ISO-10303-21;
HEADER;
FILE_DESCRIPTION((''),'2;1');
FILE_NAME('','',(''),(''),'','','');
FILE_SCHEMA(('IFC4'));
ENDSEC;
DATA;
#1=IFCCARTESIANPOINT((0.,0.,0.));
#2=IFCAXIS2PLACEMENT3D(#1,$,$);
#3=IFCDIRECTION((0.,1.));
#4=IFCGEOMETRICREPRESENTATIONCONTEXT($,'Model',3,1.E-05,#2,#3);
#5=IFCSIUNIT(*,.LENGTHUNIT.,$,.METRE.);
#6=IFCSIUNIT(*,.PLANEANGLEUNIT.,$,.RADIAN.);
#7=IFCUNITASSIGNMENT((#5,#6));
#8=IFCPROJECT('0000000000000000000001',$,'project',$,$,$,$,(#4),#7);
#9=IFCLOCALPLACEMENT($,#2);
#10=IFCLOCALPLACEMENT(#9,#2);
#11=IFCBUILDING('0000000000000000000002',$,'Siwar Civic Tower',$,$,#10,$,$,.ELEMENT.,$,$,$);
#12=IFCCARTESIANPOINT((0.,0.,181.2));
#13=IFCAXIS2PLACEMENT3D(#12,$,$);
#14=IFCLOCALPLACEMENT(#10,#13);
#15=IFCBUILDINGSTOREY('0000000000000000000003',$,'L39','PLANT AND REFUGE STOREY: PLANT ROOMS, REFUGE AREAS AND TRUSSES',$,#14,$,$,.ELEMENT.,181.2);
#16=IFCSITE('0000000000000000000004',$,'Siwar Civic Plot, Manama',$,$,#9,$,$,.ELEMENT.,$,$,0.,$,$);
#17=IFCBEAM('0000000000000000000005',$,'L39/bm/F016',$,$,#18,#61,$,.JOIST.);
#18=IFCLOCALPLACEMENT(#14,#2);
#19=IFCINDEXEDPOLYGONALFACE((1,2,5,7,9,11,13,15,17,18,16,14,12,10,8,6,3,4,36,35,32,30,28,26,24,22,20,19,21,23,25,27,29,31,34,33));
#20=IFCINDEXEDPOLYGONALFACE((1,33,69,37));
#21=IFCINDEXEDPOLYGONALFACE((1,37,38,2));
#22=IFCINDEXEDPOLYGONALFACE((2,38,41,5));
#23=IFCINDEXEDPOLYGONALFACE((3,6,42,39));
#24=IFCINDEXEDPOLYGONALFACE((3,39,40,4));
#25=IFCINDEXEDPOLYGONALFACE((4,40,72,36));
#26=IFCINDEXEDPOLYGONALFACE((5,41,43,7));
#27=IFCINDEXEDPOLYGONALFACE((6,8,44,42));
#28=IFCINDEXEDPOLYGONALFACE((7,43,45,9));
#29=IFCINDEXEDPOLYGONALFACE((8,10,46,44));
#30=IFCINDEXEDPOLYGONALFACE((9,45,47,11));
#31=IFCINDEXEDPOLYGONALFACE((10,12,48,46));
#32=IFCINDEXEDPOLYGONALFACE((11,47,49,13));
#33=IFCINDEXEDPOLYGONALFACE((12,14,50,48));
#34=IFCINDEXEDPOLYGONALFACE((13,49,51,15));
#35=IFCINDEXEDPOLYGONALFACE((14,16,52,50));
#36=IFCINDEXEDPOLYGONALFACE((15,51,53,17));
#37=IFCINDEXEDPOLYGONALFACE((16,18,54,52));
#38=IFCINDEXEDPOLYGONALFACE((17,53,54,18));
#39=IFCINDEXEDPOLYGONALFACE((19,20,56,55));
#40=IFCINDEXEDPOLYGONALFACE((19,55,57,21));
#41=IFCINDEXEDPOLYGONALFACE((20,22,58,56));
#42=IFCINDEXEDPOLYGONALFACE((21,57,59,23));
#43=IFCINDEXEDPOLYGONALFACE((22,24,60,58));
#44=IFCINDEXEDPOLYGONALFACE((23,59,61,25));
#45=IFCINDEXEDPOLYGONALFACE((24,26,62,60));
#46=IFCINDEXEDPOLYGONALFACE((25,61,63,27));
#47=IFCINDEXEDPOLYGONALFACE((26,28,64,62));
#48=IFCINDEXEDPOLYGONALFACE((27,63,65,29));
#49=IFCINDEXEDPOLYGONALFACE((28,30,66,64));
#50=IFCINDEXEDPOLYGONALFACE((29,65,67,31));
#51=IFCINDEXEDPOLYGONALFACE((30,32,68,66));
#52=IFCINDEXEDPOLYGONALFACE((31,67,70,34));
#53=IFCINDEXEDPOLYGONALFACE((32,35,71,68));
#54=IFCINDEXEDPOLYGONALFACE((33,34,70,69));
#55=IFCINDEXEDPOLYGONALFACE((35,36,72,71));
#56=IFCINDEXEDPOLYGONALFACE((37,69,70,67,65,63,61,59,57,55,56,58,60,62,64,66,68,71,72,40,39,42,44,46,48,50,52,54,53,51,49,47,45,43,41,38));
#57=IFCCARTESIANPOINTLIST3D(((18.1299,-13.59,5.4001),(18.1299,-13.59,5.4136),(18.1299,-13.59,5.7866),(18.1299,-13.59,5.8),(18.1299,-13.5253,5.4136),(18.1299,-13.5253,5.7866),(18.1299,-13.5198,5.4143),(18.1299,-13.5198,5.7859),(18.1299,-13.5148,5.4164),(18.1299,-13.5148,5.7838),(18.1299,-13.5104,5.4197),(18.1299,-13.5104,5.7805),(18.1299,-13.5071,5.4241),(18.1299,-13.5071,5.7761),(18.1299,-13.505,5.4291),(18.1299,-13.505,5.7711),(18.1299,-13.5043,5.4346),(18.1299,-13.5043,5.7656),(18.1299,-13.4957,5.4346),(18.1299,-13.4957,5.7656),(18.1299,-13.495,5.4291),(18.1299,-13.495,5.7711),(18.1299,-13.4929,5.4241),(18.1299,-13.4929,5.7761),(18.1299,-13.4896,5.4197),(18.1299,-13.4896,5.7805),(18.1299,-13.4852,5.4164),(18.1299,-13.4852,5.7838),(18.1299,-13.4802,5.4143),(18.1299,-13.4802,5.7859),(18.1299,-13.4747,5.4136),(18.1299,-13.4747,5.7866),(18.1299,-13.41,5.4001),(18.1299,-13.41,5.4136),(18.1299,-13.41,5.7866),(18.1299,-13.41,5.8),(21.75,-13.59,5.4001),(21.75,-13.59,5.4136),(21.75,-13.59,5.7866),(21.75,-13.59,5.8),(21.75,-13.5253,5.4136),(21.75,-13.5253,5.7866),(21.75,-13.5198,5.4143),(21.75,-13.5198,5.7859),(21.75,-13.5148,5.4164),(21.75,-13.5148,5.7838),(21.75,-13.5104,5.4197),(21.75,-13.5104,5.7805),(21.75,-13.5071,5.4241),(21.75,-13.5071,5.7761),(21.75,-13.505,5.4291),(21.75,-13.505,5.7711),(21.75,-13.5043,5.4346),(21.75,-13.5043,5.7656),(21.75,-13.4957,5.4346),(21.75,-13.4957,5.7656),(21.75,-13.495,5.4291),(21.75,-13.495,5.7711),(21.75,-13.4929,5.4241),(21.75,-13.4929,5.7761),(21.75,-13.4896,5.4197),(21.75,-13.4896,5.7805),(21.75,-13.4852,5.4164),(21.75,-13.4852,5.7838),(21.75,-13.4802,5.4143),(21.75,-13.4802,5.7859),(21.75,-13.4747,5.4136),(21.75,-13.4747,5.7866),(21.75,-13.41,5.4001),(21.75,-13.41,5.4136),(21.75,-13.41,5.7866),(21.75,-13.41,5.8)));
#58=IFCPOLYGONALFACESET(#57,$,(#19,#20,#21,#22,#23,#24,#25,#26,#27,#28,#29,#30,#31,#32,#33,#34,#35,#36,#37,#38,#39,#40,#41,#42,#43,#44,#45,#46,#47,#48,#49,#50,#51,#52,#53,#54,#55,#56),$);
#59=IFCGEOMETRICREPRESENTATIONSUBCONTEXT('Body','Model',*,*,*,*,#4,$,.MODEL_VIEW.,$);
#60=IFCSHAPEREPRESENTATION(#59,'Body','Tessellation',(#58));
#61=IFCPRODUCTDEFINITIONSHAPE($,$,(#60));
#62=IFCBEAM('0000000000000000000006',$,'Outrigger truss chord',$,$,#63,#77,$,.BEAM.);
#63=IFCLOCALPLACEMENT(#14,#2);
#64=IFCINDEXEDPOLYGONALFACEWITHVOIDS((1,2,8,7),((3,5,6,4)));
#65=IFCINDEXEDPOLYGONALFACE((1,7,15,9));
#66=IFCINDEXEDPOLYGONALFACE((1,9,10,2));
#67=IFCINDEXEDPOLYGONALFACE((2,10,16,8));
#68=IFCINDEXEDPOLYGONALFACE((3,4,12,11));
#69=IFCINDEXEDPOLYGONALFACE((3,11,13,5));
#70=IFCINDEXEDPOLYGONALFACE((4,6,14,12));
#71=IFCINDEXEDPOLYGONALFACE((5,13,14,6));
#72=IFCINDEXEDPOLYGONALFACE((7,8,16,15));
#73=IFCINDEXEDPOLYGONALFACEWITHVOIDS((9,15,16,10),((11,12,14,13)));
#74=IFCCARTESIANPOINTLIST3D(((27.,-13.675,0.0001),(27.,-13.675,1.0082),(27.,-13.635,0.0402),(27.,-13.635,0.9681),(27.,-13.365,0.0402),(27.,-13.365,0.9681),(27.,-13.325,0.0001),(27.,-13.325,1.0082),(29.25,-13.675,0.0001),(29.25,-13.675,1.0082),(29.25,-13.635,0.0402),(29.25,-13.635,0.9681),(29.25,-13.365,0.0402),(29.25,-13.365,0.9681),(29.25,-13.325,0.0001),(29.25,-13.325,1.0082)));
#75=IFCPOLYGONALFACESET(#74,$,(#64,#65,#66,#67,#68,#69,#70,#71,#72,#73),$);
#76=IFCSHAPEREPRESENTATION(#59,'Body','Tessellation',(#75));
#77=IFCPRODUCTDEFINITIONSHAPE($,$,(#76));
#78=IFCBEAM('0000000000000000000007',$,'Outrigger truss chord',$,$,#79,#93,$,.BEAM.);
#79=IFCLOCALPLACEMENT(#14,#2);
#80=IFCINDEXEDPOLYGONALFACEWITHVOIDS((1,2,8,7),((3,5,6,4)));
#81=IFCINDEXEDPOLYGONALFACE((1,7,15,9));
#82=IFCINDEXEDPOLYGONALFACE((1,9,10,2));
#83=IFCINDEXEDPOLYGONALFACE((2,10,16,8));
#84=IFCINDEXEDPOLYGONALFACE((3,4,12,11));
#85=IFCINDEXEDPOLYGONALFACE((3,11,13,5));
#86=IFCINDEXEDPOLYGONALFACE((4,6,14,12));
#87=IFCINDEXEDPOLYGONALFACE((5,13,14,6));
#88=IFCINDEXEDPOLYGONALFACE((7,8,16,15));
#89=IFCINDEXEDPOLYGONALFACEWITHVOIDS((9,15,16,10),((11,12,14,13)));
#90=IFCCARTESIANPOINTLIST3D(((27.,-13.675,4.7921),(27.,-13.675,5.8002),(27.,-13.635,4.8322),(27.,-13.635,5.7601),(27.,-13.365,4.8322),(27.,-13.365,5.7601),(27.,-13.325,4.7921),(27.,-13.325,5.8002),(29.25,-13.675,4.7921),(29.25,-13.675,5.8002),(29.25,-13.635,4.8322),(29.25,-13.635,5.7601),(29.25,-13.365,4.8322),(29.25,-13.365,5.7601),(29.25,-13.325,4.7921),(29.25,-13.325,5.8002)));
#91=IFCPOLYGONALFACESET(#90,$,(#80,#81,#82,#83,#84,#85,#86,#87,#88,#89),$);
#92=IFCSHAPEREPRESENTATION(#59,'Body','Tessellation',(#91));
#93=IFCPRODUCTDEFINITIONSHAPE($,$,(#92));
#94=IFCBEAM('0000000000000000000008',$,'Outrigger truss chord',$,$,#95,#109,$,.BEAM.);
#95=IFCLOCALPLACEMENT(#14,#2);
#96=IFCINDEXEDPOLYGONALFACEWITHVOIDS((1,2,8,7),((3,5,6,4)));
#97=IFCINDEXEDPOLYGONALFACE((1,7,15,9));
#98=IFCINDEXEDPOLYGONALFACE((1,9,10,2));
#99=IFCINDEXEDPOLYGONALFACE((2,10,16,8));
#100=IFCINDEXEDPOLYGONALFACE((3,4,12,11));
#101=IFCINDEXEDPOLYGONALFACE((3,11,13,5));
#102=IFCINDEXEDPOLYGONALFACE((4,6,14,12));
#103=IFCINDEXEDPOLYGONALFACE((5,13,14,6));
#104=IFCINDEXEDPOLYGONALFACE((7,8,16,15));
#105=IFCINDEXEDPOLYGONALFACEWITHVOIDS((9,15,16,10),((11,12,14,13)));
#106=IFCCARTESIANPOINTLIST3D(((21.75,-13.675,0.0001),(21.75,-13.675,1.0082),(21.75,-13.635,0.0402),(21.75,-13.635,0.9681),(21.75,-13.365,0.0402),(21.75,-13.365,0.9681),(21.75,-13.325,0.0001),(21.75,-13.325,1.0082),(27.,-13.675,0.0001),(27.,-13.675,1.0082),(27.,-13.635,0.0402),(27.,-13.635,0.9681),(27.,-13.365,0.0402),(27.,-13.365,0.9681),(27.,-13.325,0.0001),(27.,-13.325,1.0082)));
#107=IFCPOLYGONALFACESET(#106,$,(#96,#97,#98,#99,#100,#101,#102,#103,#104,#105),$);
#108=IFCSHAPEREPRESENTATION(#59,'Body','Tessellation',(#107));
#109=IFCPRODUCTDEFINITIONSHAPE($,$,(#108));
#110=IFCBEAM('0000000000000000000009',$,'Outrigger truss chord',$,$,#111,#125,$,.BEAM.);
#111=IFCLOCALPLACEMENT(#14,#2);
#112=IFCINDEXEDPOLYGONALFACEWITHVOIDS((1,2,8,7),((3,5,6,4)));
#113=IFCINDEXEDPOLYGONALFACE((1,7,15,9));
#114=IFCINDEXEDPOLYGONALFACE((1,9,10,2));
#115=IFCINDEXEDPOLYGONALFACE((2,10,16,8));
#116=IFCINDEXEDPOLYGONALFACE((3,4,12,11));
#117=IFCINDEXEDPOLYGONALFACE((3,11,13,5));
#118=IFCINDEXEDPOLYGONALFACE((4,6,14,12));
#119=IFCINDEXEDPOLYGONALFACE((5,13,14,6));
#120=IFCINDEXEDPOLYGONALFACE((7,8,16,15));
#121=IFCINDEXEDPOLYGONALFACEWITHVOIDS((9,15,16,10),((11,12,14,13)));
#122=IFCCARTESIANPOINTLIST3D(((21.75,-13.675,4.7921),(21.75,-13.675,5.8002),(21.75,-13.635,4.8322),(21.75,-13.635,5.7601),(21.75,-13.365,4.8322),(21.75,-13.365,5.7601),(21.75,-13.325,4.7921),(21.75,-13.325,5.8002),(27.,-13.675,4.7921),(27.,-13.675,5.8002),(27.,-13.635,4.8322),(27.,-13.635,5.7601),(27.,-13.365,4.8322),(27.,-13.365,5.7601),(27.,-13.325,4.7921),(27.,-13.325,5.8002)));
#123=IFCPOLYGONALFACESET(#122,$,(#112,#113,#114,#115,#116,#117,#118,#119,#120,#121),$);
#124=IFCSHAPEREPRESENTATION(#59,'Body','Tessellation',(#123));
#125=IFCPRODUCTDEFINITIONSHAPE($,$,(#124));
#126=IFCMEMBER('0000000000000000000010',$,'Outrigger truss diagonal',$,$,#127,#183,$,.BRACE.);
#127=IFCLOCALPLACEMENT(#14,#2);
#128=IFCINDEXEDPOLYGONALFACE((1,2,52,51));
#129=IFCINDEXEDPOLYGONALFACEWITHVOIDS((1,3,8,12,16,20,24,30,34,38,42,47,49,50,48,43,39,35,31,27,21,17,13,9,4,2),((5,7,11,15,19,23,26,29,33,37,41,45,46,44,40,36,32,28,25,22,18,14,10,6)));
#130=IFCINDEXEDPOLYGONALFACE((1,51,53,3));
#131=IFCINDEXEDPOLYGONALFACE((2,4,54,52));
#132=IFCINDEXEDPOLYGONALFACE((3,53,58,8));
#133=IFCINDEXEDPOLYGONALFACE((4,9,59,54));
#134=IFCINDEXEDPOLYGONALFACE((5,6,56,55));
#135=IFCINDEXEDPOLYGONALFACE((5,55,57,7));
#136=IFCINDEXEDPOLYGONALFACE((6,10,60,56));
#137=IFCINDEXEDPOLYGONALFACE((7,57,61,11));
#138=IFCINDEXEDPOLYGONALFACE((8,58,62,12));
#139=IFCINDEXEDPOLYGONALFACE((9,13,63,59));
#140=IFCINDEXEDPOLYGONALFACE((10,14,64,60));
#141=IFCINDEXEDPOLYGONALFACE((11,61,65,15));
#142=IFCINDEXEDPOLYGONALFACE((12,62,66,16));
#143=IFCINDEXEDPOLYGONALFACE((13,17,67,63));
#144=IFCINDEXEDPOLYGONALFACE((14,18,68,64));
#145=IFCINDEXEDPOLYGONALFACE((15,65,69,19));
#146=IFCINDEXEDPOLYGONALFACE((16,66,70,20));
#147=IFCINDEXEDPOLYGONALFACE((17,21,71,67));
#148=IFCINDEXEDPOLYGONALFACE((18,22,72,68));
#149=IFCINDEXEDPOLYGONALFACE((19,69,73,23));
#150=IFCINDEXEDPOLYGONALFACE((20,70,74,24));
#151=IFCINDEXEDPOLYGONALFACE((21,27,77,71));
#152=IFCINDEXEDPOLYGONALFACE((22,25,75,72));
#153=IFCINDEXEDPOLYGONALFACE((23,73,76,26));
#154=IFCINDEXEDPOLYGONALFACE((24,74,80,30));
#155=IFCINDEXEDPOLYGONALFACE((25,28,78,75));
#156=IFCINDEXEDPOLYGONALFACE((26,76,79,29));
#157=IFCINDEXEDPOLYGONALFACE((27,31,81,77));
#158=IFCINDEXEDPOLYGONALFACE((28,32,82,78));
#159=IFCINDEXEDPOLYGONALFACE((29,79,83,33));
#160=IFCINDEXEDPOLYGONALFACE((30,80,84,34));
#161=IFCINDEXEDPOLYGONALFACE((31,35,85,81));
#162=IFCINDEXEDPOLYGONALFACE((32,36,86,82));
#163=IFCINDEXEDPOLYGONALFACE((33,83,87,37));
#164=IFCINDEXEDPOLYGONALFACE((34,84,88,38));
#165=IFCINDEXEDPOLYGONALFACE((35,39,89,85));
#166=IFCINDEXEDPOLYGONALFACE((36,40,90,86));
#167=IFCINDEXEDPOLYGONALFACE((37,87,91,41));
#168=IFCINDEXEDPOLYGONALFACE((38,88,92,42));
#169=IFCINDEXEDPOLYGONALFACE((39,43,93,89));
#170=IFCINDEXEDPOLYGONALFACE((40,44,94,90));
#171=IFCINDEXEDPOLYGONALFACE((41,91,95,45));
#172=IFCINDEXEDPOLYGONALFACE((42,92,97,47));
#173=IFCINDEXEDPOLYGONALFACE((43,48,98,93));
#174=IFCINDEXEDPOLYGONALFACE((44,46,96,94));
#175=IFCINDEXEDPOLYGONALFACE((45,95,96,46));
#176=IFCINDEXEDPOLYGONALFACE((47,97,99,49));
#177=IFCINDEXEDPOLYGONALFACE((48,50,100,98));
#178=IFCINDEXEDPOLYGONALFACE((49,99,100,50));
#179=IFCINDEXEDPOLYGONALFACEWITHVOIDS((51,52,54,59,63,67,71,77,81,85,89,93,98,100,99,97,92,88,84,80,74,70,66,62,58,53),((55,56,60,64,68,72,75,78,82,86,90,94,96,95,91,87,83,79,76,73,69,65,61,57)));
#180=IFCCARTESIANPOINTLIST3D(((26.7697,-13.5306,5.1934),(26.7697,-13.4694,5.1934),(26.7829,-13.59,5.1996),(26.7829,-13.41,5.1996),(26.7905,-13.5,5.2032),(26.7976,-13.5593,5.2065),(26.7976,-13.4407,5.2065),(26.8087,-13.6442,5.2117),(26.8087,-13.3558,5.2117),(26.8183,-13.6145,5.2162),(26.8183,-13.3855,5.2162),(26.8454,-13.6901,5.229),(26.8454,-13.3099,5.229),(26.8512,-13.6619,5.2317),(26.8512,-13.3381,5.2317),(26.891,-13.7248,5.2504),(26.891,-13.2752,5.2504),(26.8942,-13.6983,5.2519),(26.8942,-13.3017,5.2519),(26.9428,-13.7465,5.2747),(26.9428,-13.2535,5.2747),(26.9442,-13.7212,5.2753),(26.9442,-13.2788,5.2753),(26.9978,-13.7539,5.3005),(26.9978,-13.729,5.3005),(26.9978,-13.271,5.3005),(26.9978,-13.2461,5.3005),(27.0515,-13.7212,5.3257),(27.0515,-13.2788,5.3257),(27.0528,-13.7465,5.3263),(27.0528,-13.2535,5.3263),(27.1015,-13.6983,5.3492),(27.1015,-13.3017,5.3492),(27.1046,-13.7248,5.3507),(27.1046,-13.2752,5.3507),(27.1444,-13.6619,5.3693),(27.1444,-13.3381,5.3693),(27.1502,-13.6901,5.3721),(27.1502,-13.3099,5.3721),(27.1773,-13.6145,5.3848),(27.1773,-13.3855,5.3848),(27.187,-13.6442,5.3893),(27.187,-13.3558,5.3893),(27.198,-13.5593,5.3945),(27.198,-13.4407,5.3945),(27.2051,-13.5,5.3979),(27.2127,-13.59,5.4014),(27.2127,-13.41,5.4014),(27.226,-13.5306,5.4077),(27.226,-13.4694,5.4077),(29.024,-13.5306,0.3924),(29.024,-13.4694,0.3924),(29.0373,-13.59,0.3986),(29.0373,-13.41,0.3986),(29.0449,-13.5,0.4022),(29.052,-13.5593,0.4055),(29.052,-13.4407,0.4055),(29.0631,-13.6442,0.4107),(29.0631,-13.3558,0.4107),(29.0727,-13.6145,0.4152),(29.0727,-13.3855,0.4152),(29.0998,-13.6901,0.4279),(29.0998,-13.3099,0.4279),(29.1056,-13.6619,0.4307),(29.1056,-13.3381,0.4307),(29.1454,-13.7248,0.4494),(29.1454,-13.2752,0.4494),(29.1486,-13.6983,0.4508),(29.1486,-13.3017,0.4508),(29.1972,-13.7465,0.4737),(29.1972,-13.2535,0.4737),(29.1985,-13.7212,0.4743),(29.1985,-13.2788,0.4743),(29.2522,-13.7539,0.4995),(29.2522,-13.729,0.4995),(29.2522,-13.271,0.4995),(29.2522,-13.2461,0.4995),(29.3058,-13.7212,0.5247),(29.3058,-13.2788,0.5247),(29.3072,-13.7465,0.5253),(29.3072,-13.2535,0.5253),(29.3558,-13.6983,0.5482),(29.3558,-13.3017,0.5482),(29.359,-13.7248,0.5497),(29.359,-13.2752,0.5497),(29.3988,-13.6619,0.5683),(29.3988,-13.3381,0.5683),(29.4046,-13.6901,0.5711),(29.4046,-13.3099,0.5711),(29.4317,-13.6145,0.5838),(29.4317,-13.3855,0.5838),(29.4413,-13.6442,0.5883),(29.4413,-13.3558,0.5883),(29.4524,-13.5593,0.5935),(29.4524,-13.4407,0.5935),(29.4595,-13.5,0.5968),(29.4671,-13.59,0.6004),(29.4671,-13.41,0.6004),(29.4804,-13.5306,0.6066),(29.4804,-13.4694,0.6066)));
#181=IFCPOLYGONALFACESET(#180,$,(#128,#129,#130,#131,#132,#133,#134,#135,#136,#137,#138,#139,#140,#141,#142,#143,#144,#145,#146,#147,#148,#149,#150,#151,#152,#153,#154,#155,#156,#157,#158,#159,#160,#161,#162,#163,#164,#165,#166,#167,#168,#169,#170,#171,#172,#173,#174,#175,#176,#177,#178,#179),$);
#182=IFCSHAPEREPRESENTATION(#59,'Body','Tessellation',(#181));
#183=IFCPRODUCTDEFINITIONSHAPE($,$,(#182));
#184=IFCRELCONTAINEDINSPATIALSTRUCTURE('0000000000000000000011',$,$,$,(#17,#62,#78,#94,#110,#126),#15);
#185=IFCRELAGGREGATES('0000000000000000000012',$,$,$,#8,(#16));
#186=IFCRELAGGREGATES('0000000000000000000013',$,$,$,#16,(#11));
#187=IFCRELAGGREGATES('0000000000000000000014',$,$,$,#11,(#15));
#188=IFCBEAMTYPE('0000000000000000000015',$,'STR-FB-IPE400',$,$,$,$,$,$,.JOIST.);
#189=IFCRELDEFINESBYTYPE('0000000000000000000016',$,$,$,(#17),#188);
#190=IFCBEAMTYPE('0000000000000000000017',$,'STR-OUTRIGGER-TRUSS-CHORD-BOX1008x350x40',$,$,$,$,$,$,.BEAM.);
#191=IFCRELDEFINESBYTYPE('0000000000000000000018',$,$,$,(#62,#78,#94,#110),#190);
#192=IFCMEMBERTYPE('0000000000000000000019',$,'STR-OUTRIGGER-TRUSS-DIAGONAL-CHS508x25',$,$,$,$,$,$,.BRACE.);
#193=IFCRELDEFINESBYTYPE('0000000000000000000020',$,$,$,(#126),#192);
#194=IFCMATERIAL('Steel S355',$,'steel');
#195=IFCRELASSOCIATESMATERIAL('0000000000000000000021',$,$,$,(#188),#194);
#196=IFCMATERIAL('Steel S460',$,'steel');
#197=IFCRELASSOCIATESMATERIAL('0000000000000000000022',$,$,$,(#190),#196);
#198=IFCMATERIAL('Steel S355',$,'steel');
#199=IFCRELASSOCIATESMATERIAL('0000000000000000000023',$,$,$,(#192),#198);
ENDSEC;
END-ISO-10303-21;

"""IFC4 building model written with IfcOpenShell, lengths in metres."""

from ifc_helpers import new_model, si_unit, direction, frame, origin, origin_2d, place, context, subcontext, project, spatial, hollow_rectangle, hollow_circle, i_section, extrude, material, material_profile, profile_set, type_object, element, save


model = new_model("IFC4")

# Units and contexts
model_context = context("Model", 3, precision=1e-05, world=origin(), true_north=direction((0.0, 1.0)))
body_context = subcontext(model_context, "Body", "Model", "MODEL_VIEW")
ifc_project = project(units=[si_unit("LENGTHUNIT", "METRE"), si_unit("PLANEANGLEUNIT", "RADIAN")], contexts=[model_context])

# Site, building, storey
site_placement = place(None, origin())
site = spatial("IfcSite", under=ifc_project, at=site_placement, Name="Siwar Civic Plot, Manama", CompositionType="ELEMENT", RefElevation=0.0)
building_placement = place(site_placement, origin())
building = spatial("IfcBuilding", under=site, at=building_placement, Name="Siwar Civic Tower", CompositionType="ELEMENT")
storey_placement = place(building_placement, frame((0.0, 0.0, 181.2)))
storey = spatial("IfcBuildingStorey", under=building, at=storey_placement, Name="L39", Description="PLANT AND REFUGE STOREY: PLANT ROOMS, REFUGE AREAS AND TRUSSES", CompositionType="ELEMENT", Elevation=181.2)

# Beams
ifc_material_1 = material(Name="Steel S355", Category="steel")
ifc_material_profile_1 = material_profile(ifc_material_1, i_section(OverallWidth=0.1799, OverallDepth=0.3999, WebThickness=0.0085, FlangeThickness=0.0134, FilletRadius=0.021, at=origin_2d()), Name="IPE400")
ifc_profile_set_1 = profile_set([ifc_material_profile_1], Name="Steel S355")
beam_type_1 = type_object("IfcBeamType", Name="STR-FB-IPE400", PredefinedType="JOIST", material=ifc_profile_set_1)
beam_1_placement = place(storey_placement, frame((18.1299, -13.5, 5.6001), z_axis=(1.0, 0.0, 0.0), x_axis=(0.0, 1.0, 0.0)))
element("IfcBeam", 1, at=beam_1_placement, inside=storey, type_object=beam_type_1, Name="L39/bm/F016", PredefinedType="JOIST", context=body_context, shape_type="SweptSolid", body=[
    extrude(i_section(OverallWidth=0.1799, OverallDepth=0.3999, WebThickness=0.0085, FlangeThickness=0.0134, FilletRadius=0.021, at=origin_2d()), origin(), (0.0, 0.0, 1.0), 3.6201),
])
ifc_material_2 = material(Name="Steel S460", Category="steel")
ifc_material_profile_2 = material_profile(ifc_material_2, hollow_rectangle(XDim=0.3501, YDim=1.0081, WallThickness=0.04, at=origin_2d()), Name="BOX1008x350x40")
ifc_profile_set_2 = profile_set([ifc_material_profile_2], Name="Steel S460")
beam_type_2 = type_object("IfcBeamType", Name="STR-OUTRIGGER-TRUSS-CHORD-BOX1008x350x40", PredefinedType="BEAM", material=ifc_profile_set_2)
for number, where, z_axis, x_axis, name in (
    (2, (29.25, -13.5, 0.5042), (-1.0, 0.0, 0.0), (0.0, -1.0, 0.0), "Outrigger truss chord"),
    (3, (29.25, -13.5, 5.2961), (-1.0, 0.0, 0.0), (0.0, -1.0, 0.0), "Outrigger truss chord"),
):
    element("IfcBeam", number, at=place(storey_placement, frame(where, z_axis=z_axis, x_axis=x_axis)), inside=storey, type_object=beam_type_2, Name=name, PredefinedType="BEAM", context=body_context, shape_type="SweptSolid", body=[
        extrude(hollow_rectangle(XDim=0.3501, YDim=1.0081, WallThickness=0.04, at=origin_2d()), origin(), (0.0, 0.0, 1.0), 2.25),
    ])
for number, where, z_axis, x_axis, name in (
    (4, (27.0, -13.5, 0.5042), (-1.0, 0.0, 0.0), (0.0, -1.0, 0.0), "Outrigger truss chord"),
    (5, (27.0, -13.5, 5.2961), (-1.0, 0.0, 0.0), (0.0, -1.0, 0.0), "Outrigger truss chord"),
):
    element("IfcBeam", number, at=place(storey_placement, frame(where, z_axis=z_axis, x_axis=x_axis)), inside=storey, type_object=beam_type_2, Name=name, PredefinedType="BEAM", context=body_context, shape_type="SweptSolid", body=[
        extrude(hollow_rectangle(XDim=0.3501, YDim=1.0081, WallThickness=0.04, at=origin_2d()), origin(), (0.0, 0.0, 1.0), 5.25),
    ])

# Member
ifc_material_3 = material(Name="Steel S355", Category="steel")
ifc_material_profile_3 = material_profile(ifc_material_3, hollow_circle(Radius=0.2539, WallThickness=0.0249, at=origin_2d()), Name="CHS508x25")
ifc_profile_set_3 = profile_set([ifc_material_profile_3], Name="Steel S355")
member_type_1 = type_object("IfcMemberType", Name="STR-OUTRIGGER-TRUSS-DIAGONAL-CHS508x25", PredefinedType="BRACE", material=ifc_profile_set_3)
member_1_placement = place(storey_placement, frame((29.2522, -13.5, 0.4995), z_axis=(-0.425039, 0.0, 0.905175), x_axis=(0.0, -1.0, 0.0)))
element("IfcMember", 6, at=member_1_placement, inside=storey, type_object=member_type_1, Name="Outrigger truss diagonal", PredefinedType="BRACE", context=body_context, shape_type="SweptSolid", body=[
    extrude(hollow_circle(Radius=0.2539, WallThickness=0.0249, at=origin_2d()), origin(), (0.0, 0.0, 1.0), 5.304),
])

save(model, "model.ifc")
